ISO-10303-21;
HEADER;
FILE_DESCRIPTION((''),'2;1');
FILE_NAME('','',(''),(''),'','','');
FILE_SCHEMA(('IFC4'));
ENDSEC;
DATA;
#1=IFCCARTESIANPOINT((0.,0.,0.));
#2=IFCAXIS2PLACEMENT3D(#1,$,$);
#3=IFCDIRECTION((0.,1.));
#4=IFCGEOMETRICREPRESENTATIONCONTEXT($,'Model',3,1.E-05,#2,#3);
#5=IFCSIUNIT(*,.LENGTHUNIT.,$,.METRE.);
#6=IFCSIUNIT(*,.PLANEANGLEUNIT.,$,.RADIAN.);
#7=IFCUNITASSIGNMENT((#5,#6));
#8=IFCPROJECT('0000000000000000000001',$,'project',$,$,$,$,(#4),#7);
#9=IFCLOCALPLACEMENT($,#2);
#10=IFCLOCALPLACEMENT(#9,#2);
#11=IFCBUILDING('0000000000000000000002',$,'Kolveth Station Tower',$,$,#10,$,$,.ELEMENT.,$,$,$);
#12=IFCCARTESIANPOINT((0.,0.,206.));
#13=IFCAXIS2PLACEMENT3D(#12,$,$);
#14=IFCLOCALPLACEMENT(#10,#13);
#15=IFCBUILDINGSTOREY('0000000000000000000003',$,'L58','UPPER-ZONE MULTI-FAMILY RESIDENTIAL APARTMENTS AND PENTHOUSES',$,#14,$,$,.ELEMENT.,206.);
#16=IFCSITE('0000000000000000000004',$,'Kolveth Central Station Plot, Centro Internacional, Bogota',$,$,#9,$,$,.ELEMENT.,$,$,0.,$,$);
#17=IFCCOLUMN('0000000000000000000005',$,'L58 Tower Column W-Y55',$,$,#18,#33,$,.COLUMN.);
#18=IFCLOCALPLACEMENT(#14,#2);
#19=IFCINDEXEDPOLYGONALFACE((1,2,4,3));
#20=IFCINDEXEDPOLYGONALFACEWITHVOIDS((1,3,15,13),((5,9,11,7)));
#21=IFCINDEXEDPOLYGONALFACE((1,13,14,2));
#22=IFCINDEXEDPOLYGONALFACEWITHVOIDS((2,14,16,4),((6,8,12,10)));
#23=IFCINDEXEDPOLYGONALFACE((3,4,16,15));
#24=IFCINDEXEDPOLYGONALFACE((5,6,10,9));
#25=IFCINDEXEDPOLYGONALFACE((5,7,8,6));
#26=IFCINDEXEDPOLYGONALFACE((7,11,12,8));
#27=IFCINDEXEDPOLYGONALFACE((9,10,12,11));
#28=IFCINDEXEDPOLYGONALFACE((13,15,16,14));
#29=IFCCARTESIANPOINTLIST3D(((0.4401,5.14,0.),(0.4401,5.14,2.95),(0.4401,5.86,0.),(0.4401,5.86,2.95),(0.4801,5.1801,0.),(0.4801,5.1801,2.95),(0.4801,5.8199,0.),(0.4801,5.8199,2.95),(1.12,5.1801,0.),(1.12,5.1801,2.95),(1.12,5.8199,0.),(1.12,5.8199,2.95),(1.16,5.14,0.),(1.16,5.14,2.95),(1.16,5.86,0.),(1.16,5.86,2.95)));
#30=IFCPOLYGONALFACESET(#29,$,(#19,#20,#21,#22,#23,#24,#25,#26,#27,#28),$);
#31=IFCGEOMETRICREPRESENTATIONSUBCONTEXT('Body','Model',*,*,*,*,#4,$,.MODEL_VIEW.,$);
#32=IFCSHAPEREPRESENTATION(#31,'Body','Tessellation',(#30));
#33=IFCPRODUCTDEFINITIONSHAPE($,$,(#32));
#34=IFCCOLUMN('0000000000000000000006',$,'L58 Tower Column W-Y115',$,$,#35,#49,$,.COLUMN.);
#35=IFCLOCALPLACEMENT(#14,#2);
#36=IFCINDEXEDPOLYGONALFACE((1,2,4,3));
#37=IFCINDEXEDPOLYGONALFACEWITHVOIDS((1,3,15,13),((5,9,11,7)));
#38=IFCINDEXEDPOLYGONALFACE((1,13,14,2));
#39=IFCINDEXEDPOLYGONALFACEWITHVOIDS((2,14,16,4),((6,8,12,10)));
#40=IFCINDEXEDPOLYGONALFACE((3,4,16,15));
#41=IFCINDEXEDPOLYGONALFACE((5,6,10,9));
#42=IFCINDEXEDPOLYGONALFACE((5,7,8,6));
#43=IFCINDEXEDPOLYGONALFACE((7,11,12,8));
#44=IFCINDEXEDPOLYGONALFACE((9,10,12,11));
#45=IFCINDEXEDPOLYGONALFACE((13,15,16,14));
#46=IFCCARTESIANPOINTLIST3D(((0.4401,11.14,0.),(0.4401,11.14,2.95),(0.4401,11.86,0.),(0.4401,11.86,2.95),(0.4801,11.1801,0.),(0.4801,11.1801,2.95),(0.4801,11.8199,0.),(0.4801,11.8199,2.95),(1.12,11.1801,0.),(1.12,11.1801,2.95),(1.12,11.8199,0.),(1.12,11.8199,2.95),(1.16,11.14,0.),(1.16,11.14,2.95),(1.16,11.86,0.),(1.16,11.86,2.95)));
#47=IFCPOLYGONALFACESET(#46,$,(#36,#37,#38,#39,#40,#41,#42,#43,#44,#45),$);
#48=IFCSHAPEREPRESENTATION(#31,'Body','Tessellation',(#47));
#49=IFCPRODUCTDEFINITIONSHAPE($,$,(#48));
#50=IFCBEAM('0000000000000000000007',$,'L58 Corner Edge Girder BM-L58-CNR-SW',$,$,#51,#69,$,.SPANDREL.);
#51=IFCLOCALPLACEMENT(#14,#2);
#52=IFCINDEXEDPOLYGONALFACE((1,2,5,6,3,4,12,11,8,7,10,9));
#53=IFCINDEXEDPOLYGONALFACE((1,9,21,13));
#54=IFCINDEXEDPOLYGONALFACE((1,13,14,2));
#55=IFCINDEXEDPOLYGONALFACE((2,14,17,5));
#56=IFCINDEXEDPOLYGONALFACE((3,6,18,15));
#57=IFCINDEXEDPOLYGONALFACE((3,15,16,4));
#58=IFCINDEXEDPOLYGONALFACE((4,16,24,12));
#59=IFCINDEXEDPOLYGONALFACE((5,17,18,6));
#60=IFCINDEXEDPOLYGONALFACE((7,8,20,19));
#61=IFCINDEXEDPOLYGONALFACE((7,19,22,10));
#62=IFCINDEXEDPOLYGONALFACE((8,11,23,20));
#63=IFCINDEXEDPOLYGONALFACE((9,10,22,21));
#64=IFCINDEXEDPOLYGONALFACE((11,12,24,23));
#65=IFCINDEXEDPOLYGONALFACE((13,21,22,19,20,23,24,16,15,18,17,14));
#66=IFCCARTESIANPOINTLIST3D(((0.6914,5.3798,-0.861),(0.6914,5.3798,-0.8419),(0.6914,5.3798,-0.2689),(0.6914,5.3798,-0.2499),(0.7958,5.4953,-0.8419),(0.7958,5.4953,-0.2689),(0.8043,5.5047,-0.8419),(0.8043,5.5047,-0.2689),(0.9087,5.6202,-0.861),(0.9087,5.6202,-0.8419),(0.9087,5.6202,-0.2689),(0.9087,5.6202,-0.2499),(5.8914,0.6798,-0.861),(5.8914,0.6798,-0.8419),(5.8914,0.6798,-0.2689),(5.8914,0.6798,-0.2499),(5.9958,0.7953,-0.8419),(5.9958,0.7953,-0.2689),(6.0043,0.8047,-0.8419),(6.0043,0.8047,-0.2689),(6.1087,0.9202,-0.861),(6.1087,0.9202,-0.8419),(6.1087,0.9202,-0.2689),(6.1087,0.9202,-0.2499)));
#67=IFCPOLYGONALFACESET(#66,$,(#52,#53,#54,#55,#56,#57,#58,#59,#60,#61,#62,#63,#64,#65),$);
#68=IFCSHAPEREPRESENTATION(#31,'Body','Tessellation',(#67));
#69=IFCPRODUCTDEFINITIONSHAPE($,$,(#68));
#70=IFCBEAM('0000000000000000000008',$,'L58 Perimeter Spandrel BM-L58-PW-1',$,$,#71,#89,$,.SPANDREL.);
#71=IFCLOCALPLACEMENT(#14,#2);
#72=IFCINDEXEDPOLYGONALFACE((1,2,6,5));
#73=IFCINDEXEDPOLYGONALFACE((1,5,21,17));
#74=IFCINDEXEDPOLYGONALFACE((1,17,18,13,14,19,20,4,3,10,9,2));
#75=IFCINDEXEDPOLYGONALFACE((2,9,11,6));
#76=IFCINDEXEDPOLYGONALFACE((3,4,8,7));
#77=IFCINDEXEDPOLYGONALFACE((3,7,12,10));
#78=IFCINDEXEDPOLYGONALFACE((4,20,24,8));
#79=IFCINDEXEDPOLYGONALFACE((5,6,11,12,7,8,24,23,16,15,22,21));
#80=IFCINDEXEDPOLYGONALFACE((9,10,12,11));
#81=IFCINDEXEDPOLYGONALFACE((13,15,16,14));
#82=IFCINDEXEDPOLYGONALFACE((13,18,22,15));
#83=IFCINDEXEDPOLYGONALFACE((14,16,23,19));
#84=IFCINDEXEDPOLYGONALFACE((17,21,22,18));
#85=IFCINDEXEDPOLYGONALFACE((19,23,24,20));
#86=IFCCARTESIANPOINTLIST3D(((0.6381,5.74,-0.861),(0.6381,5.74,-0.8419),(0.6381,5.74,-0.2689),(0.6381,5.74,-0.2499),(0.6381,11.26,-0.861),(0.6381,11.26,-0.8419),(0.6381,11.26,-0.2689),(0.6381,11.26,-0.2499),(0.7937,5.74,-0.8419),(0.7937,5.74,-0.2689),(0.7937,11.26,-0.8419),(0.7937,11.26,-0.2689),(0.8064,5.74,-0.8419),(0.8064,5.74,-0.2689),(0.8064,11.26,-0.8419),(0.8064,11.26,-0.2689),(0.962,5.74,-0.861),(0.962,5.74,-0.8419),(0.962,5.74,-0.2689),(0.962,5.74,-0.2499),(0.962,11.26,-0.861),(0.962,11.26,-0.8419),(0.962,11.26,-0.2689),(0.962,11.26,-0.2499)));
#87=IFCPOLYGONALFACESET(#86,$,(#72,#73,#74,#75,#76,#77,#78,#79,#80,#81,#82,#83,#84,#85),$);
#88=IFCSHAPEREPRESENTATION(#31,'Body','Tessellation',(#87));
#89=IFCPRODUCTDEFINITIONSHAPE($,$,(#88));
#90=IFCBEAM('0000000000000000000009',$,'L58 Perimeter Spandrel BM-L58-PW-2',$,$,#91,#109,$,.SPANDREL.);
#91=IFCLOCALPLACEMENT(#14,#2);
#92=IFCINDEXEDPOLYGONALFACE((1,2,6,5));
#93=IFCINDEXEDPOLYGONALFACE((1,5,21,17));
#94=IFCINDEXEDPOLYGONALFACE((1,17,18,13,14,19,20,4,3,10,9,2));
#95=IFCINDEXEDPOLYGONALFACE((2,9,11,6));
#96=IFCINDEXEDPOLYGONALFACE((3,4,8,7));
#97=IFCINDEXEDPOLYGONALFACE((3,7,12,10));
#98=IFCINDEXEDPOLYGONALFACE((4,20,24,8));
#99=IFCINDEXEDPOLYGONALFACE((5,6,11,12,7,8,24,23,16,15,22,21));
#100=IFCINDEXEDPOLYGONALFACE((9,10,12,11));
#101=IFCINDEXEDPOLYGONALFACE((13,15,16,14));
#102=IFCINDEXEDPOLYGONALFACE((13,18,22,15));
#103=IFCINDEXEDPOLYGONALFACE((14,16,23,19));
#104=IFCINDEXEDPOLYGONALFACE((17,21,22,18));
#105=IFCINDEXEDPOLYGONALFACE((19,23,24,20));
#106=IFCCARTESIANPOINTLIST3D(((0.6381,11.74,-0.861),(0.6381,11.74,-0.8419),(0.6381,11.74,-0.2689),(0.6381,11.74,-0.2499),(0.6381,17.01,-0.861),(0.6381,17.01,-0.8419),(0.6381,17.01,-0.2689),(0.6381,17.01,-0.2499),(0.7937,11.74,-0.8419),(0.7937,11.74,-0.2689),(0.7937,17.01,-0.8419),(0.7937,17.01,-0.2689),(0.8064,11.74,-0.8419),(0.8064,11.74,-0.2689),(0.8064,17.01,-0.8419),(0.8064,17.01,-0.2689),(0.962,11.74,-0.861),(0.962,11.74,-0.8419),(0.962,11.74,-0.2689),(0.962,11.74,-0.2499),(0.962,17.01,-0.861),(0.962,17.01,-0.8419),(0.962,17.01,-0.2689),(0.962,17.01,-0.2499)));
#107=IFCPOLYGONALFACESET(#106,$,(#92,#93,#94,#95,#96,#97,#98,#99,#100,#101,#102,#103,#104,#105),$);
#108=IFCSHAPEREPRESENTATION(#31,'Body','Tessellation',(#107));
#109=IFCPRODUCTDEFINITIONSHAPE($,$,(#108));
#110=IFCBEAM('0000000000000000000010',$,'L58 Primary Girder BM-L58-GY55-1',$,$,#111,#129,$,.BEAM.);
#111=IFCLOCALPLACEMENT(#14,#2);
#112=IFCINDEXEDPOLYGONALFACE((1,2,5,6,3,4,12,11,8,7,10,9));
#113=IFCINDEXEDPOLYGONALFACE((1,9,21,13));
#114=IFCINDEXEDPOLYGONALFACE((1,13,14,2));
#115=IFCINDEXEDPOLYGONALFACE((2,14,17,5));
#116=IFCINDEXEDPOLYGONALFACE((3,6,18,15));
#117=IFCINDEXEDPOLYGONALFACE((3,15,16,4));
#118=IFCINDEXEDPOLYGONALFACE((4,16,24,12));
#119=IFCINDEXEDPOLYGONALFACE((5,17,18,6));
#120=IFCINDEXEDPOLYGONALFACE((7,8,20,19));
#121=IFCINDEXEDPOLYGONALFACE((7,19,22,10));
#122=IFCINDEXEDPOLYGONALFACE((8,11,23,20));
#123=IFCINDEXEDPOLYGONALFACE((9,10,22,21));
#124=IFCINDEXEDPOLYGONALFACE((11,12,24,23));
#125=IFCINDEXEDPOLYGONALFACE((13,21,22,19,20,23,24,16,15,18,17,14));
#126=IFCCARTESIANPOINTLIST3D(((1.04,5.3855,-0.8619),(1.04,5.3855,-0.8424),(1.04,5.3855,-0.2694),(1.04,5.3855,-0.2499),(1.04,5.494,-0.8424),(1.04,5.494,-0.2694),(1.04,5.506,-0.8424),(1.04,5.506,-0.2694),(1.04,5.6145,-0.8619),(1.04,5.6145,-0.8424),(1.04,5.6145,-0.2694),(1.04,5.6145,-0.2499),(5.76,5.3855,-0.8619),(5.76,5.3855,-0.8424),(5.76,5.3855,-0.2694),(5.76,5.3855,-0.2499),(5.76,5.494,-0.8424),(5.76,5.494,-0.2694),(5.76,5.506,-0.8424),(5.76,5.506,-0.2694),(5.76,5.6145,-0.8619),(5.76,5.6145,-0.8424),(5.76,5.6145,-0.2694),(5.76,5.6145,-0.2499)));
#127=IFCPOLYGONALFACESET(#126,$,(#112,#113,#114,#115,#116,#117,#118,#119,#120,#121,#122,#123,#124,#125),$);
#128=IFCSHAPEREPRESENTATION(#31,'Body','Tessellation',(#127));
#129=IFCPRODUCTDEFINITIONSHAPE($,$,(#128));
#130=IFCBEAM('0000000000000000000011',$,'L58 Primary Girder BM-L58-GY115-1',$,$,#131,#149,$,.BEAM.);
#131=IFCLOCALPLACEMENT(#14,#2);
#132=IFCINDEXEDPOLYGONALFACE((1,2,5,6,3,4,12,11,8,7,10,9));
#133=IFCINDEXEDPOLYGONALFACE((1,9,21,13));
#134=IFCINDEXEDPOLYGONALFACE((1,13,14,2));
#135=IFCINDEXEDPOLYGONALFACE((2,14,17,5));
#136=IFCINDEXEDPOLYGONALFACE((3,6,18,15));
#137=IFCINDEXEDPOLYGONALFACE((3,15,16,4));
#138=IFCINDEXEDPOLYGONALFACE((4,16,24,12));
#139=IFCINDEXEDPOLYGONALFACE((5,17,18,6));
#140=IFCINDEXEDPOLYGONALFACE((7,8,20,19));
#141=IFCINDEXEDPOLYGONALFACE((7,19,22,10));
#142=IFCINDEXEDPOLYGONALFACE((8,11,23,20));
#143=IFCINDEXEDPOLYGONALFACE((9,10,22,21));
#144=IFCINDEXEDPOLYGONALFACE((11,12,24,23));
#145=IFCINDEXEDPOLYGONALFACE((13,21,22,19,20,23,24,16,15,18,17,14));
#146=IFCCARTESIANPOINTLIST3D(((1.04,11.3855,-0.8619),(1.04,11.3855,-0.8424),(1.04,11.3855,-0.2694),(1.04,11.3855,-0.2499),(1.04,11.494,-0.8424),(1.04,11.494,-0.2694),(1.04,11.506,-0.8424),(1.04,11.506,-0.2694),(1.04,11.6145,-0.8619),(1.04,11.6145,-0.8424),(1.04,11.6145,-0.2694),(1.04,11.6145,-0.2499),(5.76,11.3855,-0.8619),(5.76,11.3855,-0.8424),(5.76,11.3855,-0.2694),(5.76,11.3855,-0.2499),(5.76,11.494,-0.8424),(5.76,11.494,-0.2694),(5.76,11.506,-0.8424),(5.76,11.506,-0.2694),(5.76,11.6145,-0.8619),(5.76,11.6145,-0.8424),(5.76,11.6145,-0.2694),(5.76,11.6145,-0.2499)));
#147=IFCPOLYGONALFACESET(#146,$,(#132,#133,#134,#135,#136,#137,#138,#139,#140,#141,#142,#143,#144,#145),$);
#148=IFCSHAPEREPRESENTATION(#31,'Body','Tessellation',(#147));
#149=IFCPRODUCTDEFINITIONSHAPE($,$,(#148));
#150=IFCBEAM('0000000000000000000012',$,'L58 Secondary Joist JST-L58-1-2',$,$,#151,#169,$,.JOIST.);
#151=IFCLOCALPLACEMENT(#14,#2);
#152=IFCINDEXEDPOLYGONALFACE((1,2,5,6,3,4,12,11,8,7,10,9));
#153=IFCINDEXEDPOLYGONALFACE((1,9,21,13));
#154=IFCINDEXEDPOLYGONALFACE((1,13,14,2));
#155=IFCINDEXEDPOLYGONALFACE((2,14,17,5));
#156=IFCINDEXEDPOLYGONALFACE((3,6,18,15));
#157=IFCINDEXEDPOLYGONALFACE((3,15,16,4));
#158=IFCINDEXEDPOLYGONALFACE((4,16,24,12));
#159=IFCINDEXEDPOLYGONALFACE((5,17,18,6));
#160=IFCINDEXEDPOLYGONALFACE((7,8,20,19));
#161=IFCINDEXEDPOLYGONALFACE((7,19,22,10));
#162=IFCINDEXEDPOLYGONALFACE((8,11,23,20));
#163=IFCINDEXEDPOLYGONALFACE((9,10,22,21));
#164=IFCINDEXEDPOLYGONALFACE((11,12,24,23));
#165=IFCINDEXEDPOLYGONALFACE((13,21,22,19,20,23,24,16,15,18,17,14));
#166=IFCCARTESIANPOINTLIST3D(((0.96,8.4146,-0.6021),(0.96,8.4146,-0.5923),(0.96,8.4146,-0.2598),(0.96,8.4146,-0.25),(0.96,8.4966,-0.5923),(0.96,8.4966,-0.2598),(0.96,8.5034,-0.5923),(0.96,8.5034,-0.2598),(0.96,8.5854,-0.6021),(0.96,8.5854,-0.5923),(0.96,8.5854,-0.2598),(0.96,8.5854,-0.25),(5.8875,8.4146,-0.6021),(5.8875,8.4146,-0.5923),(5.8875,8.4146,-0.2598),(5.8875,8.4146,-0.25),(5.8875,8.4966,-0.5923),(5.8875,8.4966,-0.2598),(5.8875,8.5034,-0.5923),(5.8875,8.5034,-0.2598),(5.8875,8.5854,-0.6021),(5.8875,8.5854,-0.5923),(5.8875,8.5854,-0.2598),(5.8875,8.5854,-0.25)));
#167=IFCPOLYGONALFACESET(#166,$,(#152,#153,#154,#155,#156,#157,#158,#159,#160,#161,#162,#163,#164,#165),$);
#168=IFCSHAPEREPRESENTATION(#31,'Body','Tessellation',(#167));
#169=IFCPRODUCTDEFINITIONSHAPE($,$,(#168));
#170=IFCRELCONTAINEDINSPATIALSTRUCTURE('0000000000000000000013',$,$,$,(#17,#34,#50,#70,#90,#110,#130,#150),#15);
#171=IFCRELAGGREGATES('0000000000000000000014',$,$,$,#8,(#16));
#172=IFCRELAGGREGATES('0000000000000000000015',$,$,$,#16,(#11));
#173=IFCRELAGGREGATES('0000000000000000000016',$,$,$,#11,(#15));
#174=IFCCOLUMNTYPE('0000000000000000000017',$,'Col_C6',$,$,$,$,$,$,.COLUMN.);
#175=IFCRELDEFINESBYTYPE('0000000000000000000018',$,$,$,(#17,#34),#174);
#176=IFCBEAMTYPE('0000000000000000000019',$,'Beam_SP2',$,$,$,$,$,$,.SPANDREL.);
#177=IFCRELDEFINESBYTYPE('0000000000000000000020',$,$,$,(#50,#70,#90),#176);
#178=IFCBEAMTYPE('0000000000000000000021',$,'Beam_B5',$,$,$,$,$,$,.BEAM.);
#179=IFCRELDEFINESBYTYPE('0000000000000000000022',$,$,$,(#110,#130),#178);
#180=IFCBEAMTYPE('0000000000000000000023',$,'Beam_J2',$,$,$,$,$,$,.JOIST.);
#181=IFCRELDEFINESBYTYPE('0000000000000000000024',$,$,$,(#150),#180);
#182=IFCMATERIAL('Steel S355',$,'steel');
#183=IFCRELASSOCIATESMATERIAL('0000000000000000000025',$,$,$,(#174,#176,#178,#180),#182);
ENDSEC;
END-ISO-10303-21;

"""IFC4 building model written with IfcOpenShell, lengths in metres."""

from ifc_helpers import new_model, si_unit, direction, frame, origin, origin_2d, place, context, subcontext, project, spatial, hollow_rectangle, i_section, extrude, source, transform, mapped, material, material_profile, profile_set, type_object, element, save


model = new_model("IFC4")

# Units and contexts
model_context = context("Model", 3, precision=1e-05, world=origin(), true_north=direction((0.0, 1.0)))
body_context = subcontext(model_context, "Body", "Model", "MODEL_VIEW")
ifc_project = project(units=[si_unit("LENGTHUNIT", "METRE"), si_unit("PLANEANGLEUNIT", "RADIAN")], contexts=[model_context])

# Site, building, storey
site_placement = place(None, origin())
site = spatial("IfcSite", under=ifc_project, at=site_placement, Name="Kolveth Central Station Plot, Centro Internacional, Bogota", CompositionType="ELEMENT", RefElevation=0.0)
building_placement = place(site_placement, origin())
building = spatial("IfcBuilding", under=site, at=building_placement, Name="Kolveth Station Tower", CompositionType="ELEMENT")
storey_placement = place(building_placement, frame((0.0, 0.0, 206.0)))
storey = spatial("IfcBuildingStorey", under=building, at=storey_placement, Name="L58", Description="UPPER-ZONE MULTI-FAMILY RESIDENTIAL APARTMENTS AND PENTHOUSES", CompositionType="ELEMENT", Elevation=206.0)

# Columns
ifc_material_1 = material(Name="Steel S355", Category="steel")
ifc_material_profile_1 = material_profile(ifc_material_1, hollow_rectangle(XDim=0.72, YDim=0.72, WallThickness=0.04, at=origin_2d()), Name="BOX720x720x40")
ifc_profile_set_1 = profile_set([ifc_material_profile_1], Name="Steel S355")
column_type = type_object("IfcColumnType", Name="Col_C6", PredefinedType="COLUMN", material=ifc_profile_set_1)
shared_shape_1 = source(origin(), body_context, "Body", "SweptSolid", [
    extrude(hollow_rectangle(XDim=0.72, YDim=0.72, WallThickness=0.04, at=origin_2d()), origin(), (0.0, 0.0, 1.0), 2.95),
])
for number, where, z_axis, x_axis, name in (
    (1, (0.8, 5.5, 0.0), (0.0, 0.0, 1.0), (1.0, 0.0, 0.0), "L58 Tower Column W-Y55"),
    (2, (0.8, 11.5, 0.0), (0.0, 0.0, 1.0), (1.0, 0.0, 0.0), "L58 Tower Column W-Y115"),
):
    element("IfcColumn", number, at=place(storey_placement, frame(where, z_axis=z_axis, x_axis=x_axis)), inside=storey, type_object=column_type, Name=name, PredefinedType="COLUMN", context=body_context, shape_type="MappedRepresentation", body=[
        mapped(shared_shape_1, transform((0.0, 0.0, 0.0), x_axis=(1.0, 0.0, 0.0), y_axis=(0.0, 1.0, 0.0), z_axis=(0.0, 0.0, 1.0), scale=1.0)),
    ])

# Beams
ifc_material_profile_2 = material_profile(ifc_material_1, i_section(OverallWidth=0.324, OverallDepth=0.6111, WebThickness=0.0127, FlangeThickness=0.019, at=origin_2d()), Name="W610x155")
ifc_profile_set_2 = profile_set([ifc_material_profile_2], Name="Steel S355")
beam_type_1 = type_object("IfcBeamType", Name="Beam_SP2", PredefinedType="SPANDREL", material=ifc_profile_set_2)
shared_shape_2 = source(origin(), body_context, "Body", "SweptSolid", [
    extrude(i_section(OverallWidth=0.324, OverallDepth=0.6111, WebThickness=0.0127, FlangeThickness=0.019, at=origin_2d()), origin(), (0.0, 0.0, 1.0), 7.0093),
])
beam_1_placement = place(storey_placement, frame((0.8, 5.5, -0.5554), z_axis=(0.741874, -0.670539, 0.0), x_axis=(0.670539, 0.741874, 0.0)))
element("IfcBeam", 3, at=beam_1_placement, inside=storey, type_object=beam_type_1, Name="L58 Corner Edge Girder BM-L58-CNR-SW", PredefinedType="SPANDREL", context=body_context, shape_type="MappedRepresentation", body=[
    mapped(shared_shape_2, transform((0.0, 0.0, 0.0), x_axis=(1.0, 0.0, 0.0), y_axis=(0.0, 1.0, 0.0), z_axis=(0.0, 0.0, 1.0), scale=1.0)),
])
shared_shape_3 = source(origin(), body_context, "Body", "SweptSolid", [
    extrude(i_section(OverallWidth=0.324, OverallDepth=0.6111, WebThickness=0.0127, FlangeThickness=0.019, at=origin_2d()), origin(), (0.0, 0.0, 1.0), 5.52),
])
beam_2_placement = place(storey_placement, frame((0.8, 5.74, -0.5554), z_axis=(0.0, 1.0, 0.0), x_axis=(-1.0, 0.0, 0.0)))
element("IfcBeam", 4, at=beam_2_placement, inside=storey, type_object=beam_type_1, Name="L58 Perimeter Spandrel BM-L58-PW-1", PredefinedType="SPANDREL", context=body_context, shape_type="MappedRepresentation", body=[
    mapped(shared_shape_3, transform((0.0, 0.0, 0.0), x_axis=(1.0, 0.0, 0.0), y_axis=(0.0, 1.0, 0.0), z_axis=(0.0, 0.0, 1.0), scale=1.0)),
])
shared_shape_4 = source(origin(), body_context, "Body", "SweptSolid", [
    extrude(i_section(OverallWidth=0.324, OverallDepth=0.6111, WebThickness=0.0127, FlangeThickness=0.019, at=origin_2d()), origin(), (0.0, 0.0, 1.0), 5.27),
])
beam_3_placement = place(storey_placement, frame((0.8, 11.74, -0.5554), z_axis=(0.0, 1.0, 0.0), x_axis=(-1.0, 0.0, 0.0)))
element("IfcBeam", 5, at=beam_3_placement, inside=storey, type_object=beam_type_1, Name="L58 Perimeter Spandrel BM-L58-PW-2", PredefinedType="SPANDREL", context=body_context, shape_type="MappedRepresentation", body=[
    mapped(shared_shape_4, transform((0.0, 0.0, 0.0), x_axis=(1.0, 0.0, 0.0), y_axis=(0.0, 1.0, 0.0), z_axis=(0.0, 0.0, 1.0), scale=1.0)),
])
ifc_material_profile_3 = material_profile(ifc_material_1, i_section(OverallWidth=0.229, OverallDepth=0.6121, WebThickness=0.012, FlangeThickness=0.0195, at=origin_2d()), Name="W610x125")
ifc_profile_set_3 = profile_set([ifc_material_profile_3], Name="Steel S355")
beam_type_2 = type_object("IfcBeamType", Name="Beam_B5", PredefinedType="BEAM", material=ifc_profile_set_3)
shared_shape_5 = source(origin(), body_context, "Body", "SweptSolid", [
    extrude(i_section(OverallWidth=0.229, OverallDepth=0.6121, WebThickness=0.012, FlangeThickness=0.0195, at=origin_2d()), origin(), (0.0, 0.0, 1.0), 4.72),
])
for number, where, z_axis, x_axis, name in (
    (6, (1.04, 5.5, -0.5559), (1.0, 0.0, 0.0), (0.0, 1.0, 0.0), "L58 Primary Girder BM-L58-GY55-1"),
    (7, (1.04, 11.5, -0.5559), (1.0, 0.0, 0.0), (0.0, 1.0, 0.0), "L58 Primary Girder BM-L58-GY115-1"),
):
    element("IfcBeam", number, at=place(storey_placement, frame(where, z_axis=z_axis, x_axis=x_axis)), inside=storey, type_object=beam_type_2, Name=name, PredefinedType="BEAM", context=body_context, shape_type="MappedRepresentation", body=[
        mapped(shared_shape_5, transform((0.0, 0.0, 0.0), x_axis=(1.0, 0.0, 0.0), y_axis=(0.0, 1.0, 0.0), z_axis=(0.0, 0.0, 1.0), scale=1.0)),
    ])
ifc_material_profile_4 = material_profile(ifc_material_1, i_section(OverallWidth=0.1709, OverallDepth=0.3521, WebThickness=0.0068, FlangeThickness=0.0098, at=origin_2d()), Name="W360x44")
ifc_profile_set_4 = profile_set([ifc_material_profile_4], Name="Steel S355")
beam_type_3 = type_object("IfcBeamType", Name="Beam_J2", PredefinedType="JOIST", material=ifc_profile_set_4)
shared_shape_6 = source(origin(), body_context, "Body", "SweptSolid", [
    extrude(i_section(OverallWidth=0.1709, OverallDepth=0.3521, WebThickness=0.0068, FlangeThickness=0.0098, at=origin_2d()), origin(), (0.0, 0.0, 1.0), 4.9275),
])
beam_4_placement = place(storey_placement, frame((0.96, 8.5, -0.426), z_axis=(1.0, 0.0, 0.0), x_axis=(0.0, 1.0, 0.0)))
element("IfcBeam", 8, at=beam_4_placement, inside=storey, type_object=beam_type_3, Name="L58 Secondary Joist JST-L58-1-2", PredefinedType="JOIST", context=body_context, shape_type="MappedRepresentation", body=[
    mapped(shared_shape_6, transform((0.0, 0.0, 0.0), x_axis=(1.0, 0.0, 0.0), y_axis=(0.0, 1.0, 0.0), z_axis=(0.0, 0.0, 1.0), scale=1.0)),
])

save(model, "model.ifc")
